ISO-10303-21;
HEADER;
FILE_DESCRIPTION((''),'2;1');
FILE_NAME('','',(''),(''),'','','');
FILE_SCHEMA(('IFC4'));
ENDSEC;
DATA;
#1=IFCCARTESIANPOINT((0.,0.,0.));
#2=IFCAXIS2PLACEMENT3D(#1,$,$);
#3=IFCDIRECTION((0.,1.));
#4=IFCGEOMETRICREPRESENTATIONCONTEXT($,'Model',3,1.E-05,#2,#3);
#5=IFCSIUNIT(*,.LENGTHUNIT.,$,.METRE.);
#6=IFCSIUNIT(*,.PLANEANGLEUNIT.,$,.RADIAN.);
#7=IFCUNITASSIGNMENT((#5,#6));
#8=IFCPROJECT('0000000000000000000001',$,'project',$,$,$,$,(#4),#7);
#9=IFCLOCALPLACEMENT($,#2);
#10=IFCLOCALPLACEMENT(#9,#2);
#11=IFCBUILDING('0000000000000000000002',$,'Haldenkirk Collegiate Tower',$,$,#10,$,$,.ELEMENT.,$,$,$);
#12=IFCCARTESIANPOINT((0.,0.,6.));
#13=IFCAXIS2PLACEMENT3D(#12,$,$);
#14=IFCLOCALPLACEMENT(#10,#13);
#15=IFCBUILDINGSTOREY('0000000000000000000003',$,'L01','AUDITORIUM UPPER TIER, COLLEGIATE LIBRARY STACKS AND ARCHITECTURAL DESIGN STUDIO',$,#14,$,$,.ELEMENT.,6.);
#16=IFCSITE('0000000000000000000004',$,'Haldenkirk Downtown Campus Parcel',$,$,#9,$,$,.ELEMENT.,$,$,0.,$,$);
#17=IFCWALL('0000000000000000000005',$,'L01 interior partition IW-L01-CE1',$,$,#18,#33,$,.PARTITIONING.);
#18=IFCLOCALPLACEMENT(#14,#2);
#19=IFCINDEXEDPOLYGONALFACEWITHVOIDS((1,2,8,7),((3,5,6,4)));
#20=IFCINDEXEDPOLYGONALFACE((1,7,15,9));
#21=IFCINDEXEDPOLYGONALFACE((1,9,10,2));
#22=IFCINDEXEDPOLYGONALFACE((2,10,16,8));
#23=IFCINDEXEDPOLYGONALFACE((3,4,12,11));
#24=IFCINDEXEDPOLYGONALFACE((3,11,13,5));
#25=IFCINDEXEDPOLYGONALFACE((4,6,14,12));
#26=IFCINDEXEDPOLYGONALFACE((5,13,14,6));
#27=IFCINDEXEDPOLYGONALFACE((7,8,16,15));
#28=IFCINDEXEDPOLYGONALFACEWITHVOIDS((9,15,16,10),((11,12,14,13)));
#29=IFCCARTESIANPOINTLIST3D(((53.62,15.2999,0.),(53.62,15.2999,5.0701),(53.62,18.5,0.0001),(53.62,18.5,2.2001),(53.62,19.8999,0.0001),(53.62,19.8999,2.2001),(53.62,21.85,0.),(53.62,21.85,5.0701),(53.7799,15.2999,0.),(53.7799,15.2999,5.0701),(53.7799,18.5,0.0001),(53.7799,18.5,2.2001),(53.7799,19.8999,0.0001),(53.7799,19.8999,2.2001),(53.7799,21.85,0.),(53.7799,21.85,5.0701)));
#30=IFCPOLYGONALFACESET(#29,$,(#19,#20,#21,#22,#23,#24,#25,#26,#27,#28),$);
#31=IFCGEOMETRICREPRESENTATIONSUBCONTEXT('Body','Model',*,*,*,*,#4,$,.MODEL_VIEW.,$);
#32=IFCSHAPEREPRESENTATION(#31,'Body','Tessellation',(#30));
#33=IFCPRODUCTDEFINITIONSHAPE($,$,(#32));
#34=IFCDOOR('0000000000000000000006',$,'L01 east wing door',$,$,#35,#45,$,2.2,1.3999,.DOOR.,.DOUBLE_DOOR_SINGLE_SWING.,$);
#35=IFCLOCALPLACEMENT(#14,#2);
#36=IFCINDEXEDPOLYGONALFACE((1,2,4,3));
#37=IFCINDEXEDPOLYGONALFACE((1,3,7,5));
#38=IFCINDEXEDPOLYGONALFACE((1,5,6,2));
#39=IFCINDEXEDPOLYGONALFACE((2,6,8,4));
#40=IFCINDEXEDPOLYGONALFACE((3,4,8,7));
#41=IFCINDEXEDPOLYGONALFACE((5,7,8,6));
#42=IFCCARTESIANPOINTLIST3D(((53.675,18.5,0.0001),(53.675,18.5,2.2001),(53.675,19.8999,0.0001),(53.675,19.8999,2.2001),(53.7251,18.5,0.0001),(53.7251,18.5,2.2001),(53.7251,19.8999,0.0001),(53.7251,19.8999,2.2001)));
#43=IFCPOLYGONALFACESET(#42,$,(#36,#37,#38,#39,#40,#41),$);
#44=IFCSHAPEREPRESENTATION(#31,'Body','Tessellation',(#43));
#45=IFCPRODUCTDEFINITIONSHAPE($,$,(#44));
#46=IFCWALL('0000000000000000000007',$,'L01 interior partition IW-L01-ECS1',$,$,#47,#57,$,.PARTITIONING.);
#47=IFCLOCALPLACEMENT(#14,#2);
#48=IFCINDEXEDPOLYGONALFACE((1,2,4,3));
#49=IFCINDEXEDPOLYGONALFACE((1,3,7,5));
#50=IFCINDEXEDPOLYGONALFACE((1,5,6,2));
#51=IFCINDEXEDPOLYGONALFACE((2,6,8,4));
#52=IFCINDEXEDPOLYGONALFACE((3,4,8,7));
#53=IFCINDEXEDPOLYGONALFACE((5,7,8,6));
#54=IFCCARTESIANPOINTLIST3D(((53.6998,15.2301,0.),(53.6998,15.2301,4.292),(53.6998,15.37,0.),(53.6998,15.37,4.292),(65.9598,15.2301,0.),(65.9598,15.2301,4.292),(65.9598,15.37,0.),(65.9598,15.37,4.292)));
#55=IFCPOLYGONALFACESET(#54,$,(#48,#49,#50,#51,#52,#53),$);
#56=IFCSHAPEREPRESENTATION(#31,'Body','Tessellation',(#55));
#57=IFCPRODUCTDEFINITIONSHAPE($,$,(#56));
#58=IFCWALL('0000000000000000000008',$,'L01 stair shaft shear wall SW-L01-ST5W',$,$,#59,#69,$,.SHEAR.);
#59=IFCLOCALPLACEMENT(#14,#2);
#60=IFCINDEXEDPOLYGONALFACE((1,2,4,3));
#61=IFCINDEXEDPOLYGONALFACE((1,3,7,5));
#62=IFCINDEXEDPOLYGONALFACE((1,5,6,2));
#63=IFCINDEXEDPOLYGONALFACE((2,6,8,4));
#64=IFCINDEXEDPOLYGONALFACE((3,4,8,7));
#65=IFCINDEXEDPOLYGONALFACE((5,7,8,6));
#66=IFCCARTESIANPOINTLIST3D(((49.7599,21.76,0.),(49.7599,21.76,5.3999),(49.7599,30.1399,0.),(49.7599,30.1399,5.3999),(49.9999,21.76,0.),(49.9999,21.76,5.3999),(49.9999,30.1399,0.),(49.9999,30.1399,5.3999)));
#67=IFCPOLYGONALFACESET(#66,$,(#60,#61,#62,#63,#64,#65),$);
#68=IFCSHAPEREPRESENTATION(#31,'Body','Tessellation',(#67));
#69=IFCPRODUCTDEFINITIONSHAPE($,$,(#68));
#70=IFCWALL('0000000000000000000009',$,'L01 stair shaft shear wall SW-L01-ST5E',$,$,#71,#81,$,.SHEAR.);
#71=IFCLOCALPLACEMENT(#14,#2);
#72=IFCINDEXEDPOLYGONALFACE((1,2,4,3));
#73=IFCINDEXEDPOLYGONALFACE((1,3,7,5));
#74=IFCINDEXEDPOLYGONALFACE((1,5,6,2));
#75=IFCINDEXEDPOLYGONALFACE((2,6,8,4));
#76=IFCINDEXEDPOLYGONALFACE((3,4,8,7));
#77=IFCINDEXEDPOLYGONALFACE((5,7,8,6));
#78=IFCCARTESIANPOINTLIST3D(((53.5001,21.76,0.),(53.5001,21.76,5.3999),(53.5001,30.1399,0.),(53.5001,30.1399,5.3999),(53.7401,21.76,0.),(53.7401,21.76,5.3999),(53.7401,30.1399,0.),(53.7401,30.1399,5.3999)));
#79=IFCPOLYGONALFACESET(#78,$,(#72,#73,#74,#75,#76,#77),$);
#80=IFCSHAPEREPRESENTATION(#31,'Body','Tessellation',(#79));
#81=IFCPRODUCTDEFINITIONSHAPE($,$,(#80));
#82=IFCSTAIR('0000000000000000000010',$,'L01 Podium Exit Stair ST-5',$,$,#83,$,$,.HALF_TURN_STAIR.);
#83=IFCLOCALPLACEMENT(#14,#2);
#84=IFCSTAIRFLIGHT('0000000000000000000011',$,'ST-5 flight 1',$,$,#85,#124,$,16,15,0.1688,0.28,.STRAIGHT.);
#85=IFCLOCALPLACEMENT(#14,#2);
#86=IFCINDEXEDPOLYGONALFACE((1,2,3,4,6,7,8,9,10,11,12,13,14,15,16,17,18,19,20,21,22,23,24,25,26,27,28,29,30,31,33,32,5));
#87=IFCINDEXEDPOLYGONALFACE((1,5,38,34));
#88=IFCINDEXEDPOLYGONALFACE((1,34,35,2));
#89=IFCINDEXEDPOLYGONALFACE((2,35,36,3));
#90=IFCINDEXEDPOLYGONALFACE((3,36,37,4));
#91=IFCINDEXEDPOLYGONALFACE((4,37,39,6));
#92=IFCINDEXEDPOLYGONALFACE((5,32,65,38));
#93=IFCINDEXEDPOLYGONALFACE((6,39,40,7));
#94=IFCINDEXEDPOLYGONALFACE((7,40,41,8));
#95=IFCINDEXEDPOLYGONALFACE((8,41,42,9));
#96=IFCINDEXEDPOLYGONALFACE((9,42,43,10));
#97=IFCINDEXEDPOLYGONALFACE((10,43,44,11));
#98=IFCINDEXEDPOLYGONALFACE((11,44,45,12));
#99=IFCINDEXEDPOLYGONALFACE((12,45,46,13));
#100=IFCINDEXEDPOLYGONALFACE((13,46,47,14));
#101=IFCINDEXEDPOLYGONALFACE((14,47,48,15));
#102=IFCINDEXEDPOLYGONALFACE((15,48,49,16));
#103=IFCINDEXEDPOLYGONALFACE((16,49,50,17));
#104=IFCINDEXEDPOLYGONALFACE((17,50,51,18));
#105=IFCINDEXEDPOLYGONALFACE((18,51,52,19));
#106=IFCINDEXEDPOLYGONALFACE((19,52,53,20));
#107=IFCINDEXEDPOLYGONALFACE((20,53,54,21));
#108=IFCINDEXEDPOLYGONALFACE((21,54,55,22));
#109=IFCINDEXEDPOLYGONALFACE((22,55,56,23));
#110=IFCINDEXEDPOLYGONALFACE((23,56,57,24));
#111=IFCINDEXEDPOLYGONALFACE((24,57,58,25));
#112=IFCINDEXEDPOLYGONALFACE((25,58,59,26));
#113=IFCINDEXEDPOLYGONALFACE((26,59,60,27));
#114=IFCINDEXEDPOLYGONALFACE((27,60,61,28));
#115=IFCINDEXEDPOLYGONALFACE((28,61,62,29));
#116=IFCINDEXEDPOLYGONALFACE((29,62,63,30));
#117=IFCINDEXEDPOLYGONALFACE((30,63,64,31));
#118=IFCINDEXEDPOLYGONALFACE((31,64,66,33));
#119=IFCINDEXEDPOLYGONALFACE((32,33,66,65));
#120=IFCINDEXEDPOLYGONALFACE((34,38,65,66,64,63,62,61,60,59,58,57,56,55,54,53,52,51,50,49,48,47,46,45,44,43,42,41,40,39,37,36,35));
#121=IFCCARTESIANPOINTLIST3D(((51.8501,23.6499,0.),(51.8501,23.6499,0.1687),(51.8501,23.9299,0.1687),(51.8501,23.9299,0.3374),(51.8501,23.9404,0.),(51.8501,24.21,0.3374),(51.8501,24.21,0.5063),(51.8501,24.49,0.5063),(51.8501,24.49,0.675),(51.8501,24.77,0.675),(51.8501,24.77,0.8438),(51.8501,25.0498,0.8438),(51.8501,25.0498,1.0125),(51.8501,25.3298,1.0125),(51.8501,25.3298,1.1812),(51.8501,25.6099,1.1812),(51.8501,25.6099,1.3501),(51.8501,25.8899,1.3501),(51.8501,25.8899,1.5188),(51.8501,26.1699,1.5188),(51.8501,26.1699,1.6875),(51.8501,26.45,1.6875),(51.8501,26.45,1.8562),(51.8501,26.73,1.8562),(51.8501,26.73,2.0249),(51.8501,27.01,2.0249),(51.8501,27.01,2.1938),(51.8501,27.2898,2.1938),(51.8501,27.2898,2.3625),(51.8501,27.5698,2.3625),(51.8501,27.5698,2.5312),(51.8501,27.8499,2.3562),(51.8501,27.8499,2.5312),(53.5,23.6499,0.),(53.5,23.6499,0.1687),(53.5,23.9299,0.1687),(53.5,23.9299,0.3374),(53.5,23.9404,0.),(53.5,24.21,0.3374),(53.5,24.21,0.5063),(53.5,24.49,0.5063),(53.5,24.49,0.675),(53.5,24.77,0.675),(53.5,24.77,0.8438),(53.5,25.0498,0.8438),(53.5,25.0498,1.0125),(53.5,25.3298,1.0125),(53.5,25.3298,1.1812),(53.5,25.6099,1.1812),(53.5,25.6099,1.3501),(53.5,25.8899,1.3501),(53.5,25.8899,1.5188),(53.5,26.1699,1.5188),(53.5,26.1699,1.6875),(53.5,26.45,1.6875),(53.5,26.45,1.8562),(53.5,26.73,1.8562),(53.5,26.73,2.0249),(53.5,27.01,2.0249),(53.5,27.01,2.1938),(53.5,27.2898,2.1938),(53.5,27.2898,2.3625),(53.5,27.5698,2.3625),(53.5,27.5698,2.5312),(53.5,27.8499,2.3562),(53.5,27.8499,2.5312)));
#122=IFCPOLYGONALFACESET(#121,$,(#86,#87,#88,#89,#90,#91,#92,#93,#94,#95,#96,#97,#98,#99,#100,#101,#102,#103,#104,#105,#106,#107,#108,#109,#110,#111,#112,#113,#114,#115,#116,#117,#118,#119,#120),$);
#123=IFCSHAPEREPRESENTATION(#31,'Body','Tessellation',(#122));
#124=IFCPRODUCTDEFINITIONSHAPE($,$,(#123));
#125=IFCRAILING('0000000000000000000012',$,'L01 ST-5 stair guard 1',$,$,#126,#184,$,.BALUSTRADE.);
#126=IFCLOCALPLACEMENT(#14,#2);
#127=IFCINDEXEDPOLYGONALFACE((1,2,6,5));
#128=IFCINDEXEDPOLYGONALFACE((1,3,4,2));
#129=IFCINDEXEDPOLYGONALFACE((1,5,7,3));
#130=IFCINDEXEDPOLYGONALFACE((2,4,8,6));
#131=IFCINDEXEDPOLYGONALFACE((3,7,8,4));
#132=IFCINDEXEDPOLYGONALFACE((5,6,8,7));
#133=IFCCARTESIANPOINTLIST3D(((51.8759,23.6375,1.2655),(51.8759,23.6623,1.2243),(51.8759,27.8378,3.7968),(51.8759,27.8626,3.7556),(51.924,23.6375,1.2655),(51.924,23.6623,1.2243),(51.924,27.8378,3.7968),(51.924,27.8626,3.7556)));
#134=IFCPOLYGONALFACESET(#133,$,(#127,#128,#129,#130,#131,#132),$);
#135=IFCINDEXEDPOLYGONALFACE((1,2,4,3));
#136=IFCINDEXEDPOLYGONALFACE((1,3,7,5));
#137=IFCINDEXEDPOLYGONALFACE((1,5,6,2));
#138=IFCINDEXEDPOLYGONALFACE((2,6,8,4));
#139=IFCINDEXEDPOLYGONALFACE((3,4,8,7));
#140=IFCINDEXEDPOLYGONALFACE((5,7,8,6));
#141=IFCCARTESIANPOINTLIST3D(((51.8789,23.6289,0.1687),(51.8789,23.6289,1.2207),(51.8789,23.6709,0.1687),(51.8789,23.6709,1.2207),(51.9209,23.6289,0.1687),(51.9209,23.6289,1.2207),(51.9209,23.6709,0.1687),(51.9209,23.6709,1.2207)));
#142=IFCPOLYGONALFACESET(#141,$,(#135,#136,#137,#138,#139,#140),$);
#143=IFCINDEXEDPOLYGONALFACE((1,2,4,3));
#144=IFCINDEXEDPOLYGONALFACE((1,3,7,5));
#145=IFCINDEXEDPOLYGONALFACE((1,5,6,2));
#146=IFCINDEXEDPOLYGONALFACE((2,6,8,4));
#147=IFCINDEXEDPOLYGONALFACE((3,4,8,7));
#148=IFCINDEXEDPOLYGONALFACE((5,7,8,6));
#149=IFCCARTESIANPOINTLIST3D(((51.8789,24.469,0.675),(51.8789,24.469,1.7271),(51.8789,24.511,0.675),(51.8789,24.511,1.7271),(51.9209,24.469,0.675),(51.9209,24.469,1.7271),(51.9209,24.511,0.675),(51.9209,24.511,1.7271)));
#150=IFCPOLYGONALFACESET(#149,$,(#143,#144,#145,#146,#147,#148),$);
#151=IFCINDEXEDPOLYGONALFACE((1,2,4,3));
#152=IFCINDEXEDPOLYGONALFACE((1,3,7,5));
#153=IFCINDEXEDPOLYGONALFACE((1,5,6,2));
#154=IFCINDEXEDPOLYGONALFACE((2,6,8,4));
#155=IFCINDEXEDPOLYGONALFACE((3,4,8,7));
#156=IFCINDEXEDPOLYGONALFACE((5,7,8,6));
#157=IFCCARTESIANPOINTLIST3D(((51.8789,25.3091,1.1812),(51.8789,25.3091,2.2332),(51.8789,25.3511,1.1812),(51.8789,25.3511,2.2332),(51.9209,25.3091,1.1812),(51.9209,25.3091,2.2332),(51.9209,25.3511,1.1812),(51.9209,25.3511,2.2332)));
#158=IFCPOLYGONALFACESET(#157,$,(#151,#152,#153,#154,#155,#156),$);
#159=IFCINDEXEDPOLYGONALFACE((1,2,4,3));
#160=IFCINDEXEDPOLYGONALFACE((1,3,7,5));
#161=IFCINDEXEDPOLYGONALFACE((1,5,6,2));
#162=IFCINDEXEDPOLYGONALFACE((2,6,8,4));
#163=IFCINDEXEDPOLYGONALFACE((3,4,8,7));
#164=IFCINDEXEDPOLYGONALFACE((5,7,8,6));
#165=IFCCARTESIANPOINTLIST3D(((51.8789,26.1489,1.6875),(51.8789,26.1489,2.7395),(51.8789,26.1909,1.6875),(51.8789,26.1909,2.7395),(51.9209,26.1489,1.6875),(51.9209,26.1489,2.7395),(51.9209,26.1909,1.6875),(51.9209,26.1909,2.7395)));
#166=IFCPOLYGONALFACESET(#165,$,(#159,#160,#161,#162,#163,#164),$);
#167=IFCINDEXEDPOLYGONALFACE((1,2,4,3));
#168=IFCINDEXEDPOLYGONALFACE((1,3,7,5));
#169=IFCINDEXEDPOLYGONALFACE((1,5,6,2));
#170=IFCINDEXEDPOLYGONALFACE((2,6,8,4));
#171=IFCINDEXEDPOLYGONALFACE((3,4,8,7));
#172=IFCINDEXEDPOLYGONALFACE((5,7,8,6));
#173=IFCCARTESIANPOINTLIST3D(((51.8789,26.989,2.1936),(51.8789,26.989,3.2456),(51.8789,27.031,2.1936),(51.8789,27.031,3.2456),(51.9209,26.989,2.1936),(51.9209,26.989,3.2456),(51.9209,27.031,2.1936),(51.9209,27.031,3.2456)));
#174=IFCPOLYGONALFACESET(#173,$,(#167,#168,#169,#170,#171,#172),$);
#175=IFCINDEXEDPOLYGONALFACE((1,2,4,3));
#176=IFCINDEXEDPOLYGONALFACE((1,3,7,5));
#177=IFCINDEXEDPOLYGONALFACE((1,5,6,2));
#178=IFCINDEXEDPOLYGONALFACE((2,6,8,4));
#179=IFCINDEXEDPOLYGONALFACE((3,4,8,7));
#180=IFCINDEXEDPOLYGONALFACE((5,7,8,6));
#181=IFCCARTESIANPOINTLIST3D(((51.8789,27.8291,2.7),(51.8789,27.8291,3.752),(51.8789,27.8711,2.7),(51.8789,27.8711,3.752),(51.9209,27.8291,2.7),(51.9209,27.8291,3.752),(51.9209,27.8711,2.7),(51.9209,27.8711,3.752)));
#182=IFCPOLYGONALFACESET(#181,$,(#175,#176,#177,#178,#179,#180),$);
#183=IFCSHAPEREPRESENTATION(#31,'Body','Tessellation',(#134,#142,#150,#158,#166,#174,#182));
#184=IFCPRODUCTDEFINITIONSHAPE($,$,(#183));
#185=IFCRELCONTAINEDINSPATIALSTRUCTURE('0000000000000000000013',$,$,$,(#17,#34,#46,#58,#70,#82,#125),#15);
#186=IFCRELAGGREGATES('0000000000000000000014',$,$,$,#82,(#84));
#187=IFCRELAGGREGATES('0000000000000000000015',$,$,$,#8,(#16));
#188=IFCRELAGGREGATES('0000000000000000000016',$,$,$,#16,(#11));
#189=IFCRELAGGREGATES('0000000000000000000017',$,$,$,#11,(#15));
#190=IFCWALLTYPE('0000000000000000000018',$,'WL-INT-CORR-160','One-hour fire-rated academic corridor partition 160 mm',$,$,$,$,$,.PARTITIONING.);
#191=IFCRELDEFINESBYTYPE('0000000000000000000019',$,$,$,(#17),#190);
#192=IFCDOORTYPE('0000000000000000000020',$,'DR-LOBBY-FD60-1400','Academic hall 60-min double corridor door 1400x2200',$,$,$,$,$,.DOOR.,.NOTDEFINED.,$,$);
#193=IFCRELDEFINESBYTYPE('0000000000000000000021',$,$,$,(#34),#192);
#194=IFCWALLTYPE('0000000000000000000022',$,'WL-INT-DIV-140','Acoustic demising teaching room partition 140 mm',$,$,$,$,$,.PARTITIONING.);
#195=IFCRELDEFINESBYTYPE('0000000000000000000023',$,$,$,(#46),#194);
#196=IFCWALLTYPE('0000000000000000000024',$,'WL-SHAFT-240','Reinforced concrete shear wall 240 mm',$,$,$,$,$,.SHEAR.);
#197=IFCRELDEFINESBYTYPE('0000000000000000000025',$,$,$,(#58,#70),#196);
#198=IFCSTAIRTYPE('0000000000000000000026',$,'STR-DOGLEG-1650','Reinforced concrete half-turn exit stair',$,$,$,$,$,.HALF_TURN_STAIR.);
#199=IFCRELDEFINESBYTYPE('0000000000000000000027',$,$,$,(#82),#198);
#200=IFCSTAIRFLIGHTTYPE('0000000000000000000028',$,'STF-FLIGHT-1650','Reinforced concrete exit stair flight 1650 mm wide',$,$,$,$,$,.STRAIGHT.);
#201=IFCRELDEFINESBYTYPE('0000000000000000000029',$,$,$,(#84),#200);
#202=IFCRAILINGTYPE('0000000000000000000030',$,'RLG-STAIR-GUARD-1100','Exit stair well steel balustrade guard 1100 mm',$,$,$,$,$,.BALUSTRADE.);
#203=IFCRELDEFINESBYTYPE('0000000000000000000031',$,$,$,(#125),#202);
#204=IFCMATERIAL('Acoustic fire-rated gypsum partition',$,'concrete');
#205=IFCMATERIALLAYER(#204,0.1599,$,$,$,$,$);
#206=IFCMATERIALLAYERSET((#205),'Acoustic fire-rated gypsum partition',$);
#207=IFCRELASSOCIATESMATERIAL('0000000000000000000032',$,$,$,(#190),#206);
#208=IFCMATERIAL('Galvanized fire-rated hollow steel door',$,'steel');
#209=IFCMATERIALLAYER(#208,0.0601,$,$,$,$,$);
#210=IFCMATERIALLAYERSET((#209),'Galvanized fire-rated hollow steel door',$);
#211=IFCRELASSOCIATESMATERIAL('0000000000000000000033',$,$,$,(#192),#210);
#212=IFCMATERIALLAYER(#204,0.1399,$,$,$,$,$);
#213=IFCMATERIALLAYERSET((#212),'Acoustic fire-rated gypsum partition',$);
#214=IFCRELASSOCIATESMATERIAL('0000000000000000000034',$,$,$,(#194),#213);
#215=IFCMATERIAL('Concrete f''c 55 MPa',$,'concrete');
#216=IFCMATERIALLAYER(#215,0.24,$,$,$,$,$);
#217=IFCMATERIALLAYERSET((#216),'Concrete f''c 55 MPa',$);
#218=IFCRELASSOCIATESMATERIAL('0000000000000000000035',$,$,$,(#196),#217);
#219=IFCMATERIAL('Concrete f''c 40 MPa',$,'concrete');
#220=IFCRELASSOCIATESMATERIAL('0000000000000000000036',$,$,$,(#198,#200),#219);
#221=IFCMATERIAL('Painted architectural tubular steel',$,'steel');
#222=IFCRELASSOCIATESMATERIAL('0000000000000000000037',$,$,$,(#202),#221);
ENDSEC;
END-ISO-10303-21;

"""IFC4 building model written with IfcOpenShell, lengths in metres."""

from ifc_helpers import new_model, si_unit, direction, frame, frame_2d, origin, origin_2d, place, context, subcontext, project, spatial, polyline, rectangle, outline, extrude, material, layer, layer_set, type_object, element, fill, aggregate, save


model = new_model("IFC4")

# Units and contexts
model_context = context("Model", 3, precision=1e-05, world=origin(), true_north=direction((0.0, 1.0)))
body_context = subcontext(model_context, "Body", "Model", "MODEL_VIEW")
ifc_project = project(units=[si_unit("LENGTHUNIT", "METRE"), si_unit("PLANEANGLEUNIT", "RADIAN")], contexts=[model_context])

# Site, building, storey
site_placement = place(None, origin())
site = spatial("IfcSite", under=ifc_project, at=site_placement, Name="Haldenkirk Downtown Campus Parcel", CompositionType="ELEMENT", RefElevation=0.0)
building_placement = place(site_placement, origin())
building = spatial("IfcBuilding", under=site, at=building_placement, Name="Haldenkirk Collegiate Tower", CompositionType="ELEMENT")
storey_placement = place(building_placement, frame((0.0, 0.0, 6.0)))
storey = spatial("IfcBuildingStorey", under=building, at=storey_placement, Name="L01", Description="AUDITORIUM UPPER TIER, COLLEGIATE LIBRARY STACKS AND ARCHITECTURAL DESIGN STUDIO", CompositionType="ELEMENT", Elevation=6.0)

# Wall, opening, door
ifc_material_1 = material(Name="Acoustic fire-rated gypsum partition", Category="concrete")
ifc_layer_1 = layer(ifc_material_1, 0.1599)
ifc_layer_set_1 = layer_set([ifc_layer_1], Name="Acoustic fire-rated gypsum partition")
wall_type_1 = type_object("IfcWallType", Name="WL-INT-CORR-160", Description="One-hour fire-rated academic corridor partition 160 mm", PredefinedType="PARTITIONING", material=ifc_layer_set_1)
wall_1_placement = place(storey_placement, frame((53.7, 15.3, 0.0), z_axis=(0.0, 0.0, 1.0), x_axis=(0.0, 1.0, 0.0)))
wall_1 = element("IfcWall", 1, at=wall_1_placement, inside=storey, type_object=wall_type_1, Name="L01 interior partition IW-L01-CE1", PredefinedType="PARTITIONING", context=body_context, shape_type="SweptSolid", body=[
    extrude(rectangle(XDim=6.55, YDim=0.1599, at=frame_2d((3.2749, 0.0))), origin(), (0.0, 0.0, 1.0), 5.0701),
])
opening_1_placement = place(wall_1_placement, frame((3.2, 0.0, 0.0)))
opening_1 = element("IfcOpeningElement", 2, at=opening_1_placement, cuts=wall_1, PredefinedType="OPENING", context=body_context, shape_type="SweptSolid", body=[
    extrude(rectangle(XDim=1.3999, YDim=2.2, at=frame_2d((0.7, 1.1001))), frame((0.0, 0.0898, 0.0), z_axis=(0.0, -1.0, 0.0), x_axis=(1.0, 0.0, 0.0)), (0.0, 0.0, 1.0), 0.1799),
])
ifc_material_2 = material(Name="Galvanized fire-rated hollow steel door", Category="steel")
ifc_layer_2 = layer(ifc_material_2, 0.0601)
ifc_layer_set_2 = layer_set([ifc_layer_2], Name="Galvanized fire-rated hollow steel door")
door_type_1 = type_object("IfcDoorType", Name="DR-LOBBY-FD60-1400", Description="Academic hall 60-min double corridor door 1400x2200", OperationType="NOTDEFINED", PredefinedType="DOOR", material=ifc_layer_set_2)
door_1_placement = place(opening_1_placement, origin())
door_1 = element("IfcDoor", 3, at=door_1_placement, inside=storey, type_object=door_type_1, Name="L01 east wing door", OperationType="DOUBLE_DOOR_SINGLE_SWING", OverallHeight=2.2, OverallWidth=1.3999, PredefinedType="DOOR", context=body_context, shape_type="SweptSolid", body=[
    extrude(rectangle(XDim=1.3999, YDim=2.2, at=frame_2d((0.7, 1.1001))), frame((0.0, 0.0249, 0.0), z_axis=(0.0, -1.0, 0.0), x_axis=(1.0, 0.0, 0.0)), (0.0, 0.0, 1.0), 0.05),
])
fill(opening_1, door_1)

# Walls
ifc_layer_3 = layer(ifc_material_1, 0.1399)
ifc_layer_set_3 = layer_set([ifc_layer_3], Name="Acoustic fire-rated gypsum partition")
wall_type_2 = type_object("IfcWallType", Name="WL-INT-DIV-140", Description="Acoustic demising teaching room partition 140 mm", PredefinedType="PARTITIONING", material=ifc_layer_set_3)
wall_2_placement = place(storey_placement, frame((53.7, 15.3, 0.0), z_axis=(0.0, 0.0, 1.0), x_axis=(1.0, 0.0, 0.0)))
element("IfcWall", 4, at=wall_2_placement, inside=storey, type_object=wall_type_2, Name="L01 interior partition IW-L01-ECS1", PredefinedType="PARTITIONING", context=body_context, shape_type="SweptSolid", body=[
    extrude(rectangle(XDim=12.26, YDim=0.1399, at=frame_2d((6.1299, 0.0))), origin(), (0.0, 0.0, 1.0), 4.292),
])
ifc_material_3 = material(Name="Concrete f'c 55 MPa", Category="concrete")
ifc_layer_4 = layer(ifc_material_3, 0.24)
ifc_layer_set_4 = layer_set([ifc_layer_4], Name="Concrete f'c 55 MPa")
wall_type_3 = type_object("IfcWallType", Name="WL-SHAFT-240", Description="Reinforced concrete shear wall 240 mm", PredefinedType="SHEAR", material=ifc_layer_set_4)
for number, where, z_axis, x_axis, name in (
    (5, (49.8799, 21.76, 0.0), (0.0, 0.0, 1.0), (0.0, 1.0, 0.0), "L01 stair shaft shear wall SW-L01-ST5W"),
    (6, (53.6201, 21.76, 0.0), (0.0, 0.0, 1.0), (0.0, 1.0, 0.0), "L01 stair shaft shear wall SW-L01-ST5E"),
):
    element("IfcWall", number, at=place(storey_placement, frame(where, z_axis=z_axis, x_axis=x_axis)), inside=storey, type_object=wall_type_3, Name=name, PredefinedType="SHEAR", context=body_context, shape_type="SweptSolid", body=[
        extrude(rectangle(XDim=8.3799, YDim=0.24, at=frame_2d((4.1899, 0.0))), origin(), (0.0, 0.0, 1.0), 5.3999),
    ])

# Stair, stair flight
ifc_material_4 = material(Name="Concrete f'c 40 MPa", Category="concrete")
stair_type = type_object("IfcStairType", Name="STR-DOGLEG-1650", Description="Reinforced concrete half-turn exit stair", PredefinedType="HALF_TURN_STAIR", material=ifc_material_4)
stair_placement = place(storey_placement, origin())
stair = element("IfcStair", 7, at=stair_placement, inside=storey, type_object=stair_type, Name="L01 Podium Exit Stair ST-5", PredefinedType="HALF_TURN_STAIR")
stair_flight_type = type_object("IfcStairFlightType", Name="STF-FLIGHT-1650", Description="Reinforced concrete exit stair flight 1650 mm wide", PredefinedType="STRAIGHT", material=ifc_material_4)
stair_flight_placement = place(storey_placement, frame((52.675, 23.6499, 0.0), z_axis=(0.0, 0.0, 1.0), x_axis=(0.0, 1.0, 0.0)))
stair_flight = element("IfcStairFlight", 8, at=stair_flight_placement, type_object=stair_flight_type, Name="ST-5 flight 1", NumberOfRisers=16, NumberOfTreads=15, PredefinedType="STRAIGHT", RiserHeight=0.1688, TreadLength=0.28, context=body_context, shape_type="SweptSolid", body=[
    extrude(outline(polyline([(0.0, 0.0), (0.0, 0.1687), (0.28, 0.1687), (0.28, 0.3374), (0.5601, 0.3374), (0.5601, 0.5063), (0.8401, 0.5063), (0.8401, 0.675), (1.1201, 0.675), (1.1201, 0.8438), (1.3999, 0.8438), (1.3999, 1.0125), (1.6799, 1.0125), (1.6799, 1.1812), (1.96, 1.1812), (1.96, 1.3501), (2.24, 1.3501), (2.24, 1.5188), (2.52, 1.5188), (2.52, 1.6875), (2.8, 1.6875), (2.8, 1.8562), (3.0801, 1.8562), (3.0801, 2.0249), (3.3601, 2.0249), (3.3601, 2.1938), (3.6399, 2.1938), (3.6399, 2.3625), (3.9199, 2.3625), (3.9199, 2.5312), (4.2, 2.5312), (4.2, 2.7), (4.2, 2.3562), (0.2905, 0.0), (0.0, 0.0)])), frame((0.0, 0.825, 0.0), z_axis=(0.0, -1.0, 0.0), x_axis=(1.0, 0.0, 0.0)), (0.0, 0.0, 1.0), 1.6499),
])
aggregate(stair, [stair_flight])

# Railing
ifc_material_5 = material(Name="Painted architectural tubular steel", Category="steel")
railing_type_1 = type_object("IfcRailingType", Name="RLG-STAIR-GUARD-1100", Description="Exit stair well steel balustrade guard 1100 mm", PredefinedType="BALUSTRADE", material=ifc_material_5)
railing_1_placement = place(storey_placement, frame((51.8999, 23.6499, 0.1687)))
element("IfcRailing", 9, at=railing_1_placement, inside=storey, type_object=railing_type_1, Name="L01 ST-5 stair guard 1", PredefinedType="BALUSTRADE", context=body_context, shape_type="SweptSolid", body=[
    extrude(rectangle(XDim=0.0481, YDim=0.0481, at=origin_2d()), frame((0.0, 0.0, 1.0762), z_axis=(0.0, 0.85649, 0.516164), x_axis=(-1.0, 0.0, 0.0)), (0.0, 0.0, 1.0), 4.9041),
    extrude(rectangle(XDim=0.042, YDim=0.042, at=origin_2d()), origin(), (0.0, 0.0, 1.0), 1.052),
    extrude(rectangle(XDim=0.042, YDim=0.042, at=origin_2d()), frame((0.0, 0.8401, 0.5063)), (0.0, 0.0, 1.0), 1.052),
    extrude(rectangle(XDim=0.042, YDim=0.042, at=origin_2d()), frame((0.0, 1.6802, 1.0125)), (0.0, 0.0, 1.0), 1.052),
    extrude(rectangle(XDim=0.042, YDim=0.042, at=origin_2d()), frame((0.0, 2.52, 1.5188)), (0.0, 0.0, 1.0), 1.052),
    extrude(rectangle(XDim=0.042, YDim=0.042, at=origin_2d()), frame((0.0, 3.3601, 2.0249)), (0.0, 0.0, 1.0), 1.052),
    extrude(rectangle(XDim=0.042, YDim=0.042, at=origin_2d()), frame((0.0, 4.2002, 2.5312)), (0.0, 0.0, 1.0), 1.052),
])

save(model, "model.ifc")
